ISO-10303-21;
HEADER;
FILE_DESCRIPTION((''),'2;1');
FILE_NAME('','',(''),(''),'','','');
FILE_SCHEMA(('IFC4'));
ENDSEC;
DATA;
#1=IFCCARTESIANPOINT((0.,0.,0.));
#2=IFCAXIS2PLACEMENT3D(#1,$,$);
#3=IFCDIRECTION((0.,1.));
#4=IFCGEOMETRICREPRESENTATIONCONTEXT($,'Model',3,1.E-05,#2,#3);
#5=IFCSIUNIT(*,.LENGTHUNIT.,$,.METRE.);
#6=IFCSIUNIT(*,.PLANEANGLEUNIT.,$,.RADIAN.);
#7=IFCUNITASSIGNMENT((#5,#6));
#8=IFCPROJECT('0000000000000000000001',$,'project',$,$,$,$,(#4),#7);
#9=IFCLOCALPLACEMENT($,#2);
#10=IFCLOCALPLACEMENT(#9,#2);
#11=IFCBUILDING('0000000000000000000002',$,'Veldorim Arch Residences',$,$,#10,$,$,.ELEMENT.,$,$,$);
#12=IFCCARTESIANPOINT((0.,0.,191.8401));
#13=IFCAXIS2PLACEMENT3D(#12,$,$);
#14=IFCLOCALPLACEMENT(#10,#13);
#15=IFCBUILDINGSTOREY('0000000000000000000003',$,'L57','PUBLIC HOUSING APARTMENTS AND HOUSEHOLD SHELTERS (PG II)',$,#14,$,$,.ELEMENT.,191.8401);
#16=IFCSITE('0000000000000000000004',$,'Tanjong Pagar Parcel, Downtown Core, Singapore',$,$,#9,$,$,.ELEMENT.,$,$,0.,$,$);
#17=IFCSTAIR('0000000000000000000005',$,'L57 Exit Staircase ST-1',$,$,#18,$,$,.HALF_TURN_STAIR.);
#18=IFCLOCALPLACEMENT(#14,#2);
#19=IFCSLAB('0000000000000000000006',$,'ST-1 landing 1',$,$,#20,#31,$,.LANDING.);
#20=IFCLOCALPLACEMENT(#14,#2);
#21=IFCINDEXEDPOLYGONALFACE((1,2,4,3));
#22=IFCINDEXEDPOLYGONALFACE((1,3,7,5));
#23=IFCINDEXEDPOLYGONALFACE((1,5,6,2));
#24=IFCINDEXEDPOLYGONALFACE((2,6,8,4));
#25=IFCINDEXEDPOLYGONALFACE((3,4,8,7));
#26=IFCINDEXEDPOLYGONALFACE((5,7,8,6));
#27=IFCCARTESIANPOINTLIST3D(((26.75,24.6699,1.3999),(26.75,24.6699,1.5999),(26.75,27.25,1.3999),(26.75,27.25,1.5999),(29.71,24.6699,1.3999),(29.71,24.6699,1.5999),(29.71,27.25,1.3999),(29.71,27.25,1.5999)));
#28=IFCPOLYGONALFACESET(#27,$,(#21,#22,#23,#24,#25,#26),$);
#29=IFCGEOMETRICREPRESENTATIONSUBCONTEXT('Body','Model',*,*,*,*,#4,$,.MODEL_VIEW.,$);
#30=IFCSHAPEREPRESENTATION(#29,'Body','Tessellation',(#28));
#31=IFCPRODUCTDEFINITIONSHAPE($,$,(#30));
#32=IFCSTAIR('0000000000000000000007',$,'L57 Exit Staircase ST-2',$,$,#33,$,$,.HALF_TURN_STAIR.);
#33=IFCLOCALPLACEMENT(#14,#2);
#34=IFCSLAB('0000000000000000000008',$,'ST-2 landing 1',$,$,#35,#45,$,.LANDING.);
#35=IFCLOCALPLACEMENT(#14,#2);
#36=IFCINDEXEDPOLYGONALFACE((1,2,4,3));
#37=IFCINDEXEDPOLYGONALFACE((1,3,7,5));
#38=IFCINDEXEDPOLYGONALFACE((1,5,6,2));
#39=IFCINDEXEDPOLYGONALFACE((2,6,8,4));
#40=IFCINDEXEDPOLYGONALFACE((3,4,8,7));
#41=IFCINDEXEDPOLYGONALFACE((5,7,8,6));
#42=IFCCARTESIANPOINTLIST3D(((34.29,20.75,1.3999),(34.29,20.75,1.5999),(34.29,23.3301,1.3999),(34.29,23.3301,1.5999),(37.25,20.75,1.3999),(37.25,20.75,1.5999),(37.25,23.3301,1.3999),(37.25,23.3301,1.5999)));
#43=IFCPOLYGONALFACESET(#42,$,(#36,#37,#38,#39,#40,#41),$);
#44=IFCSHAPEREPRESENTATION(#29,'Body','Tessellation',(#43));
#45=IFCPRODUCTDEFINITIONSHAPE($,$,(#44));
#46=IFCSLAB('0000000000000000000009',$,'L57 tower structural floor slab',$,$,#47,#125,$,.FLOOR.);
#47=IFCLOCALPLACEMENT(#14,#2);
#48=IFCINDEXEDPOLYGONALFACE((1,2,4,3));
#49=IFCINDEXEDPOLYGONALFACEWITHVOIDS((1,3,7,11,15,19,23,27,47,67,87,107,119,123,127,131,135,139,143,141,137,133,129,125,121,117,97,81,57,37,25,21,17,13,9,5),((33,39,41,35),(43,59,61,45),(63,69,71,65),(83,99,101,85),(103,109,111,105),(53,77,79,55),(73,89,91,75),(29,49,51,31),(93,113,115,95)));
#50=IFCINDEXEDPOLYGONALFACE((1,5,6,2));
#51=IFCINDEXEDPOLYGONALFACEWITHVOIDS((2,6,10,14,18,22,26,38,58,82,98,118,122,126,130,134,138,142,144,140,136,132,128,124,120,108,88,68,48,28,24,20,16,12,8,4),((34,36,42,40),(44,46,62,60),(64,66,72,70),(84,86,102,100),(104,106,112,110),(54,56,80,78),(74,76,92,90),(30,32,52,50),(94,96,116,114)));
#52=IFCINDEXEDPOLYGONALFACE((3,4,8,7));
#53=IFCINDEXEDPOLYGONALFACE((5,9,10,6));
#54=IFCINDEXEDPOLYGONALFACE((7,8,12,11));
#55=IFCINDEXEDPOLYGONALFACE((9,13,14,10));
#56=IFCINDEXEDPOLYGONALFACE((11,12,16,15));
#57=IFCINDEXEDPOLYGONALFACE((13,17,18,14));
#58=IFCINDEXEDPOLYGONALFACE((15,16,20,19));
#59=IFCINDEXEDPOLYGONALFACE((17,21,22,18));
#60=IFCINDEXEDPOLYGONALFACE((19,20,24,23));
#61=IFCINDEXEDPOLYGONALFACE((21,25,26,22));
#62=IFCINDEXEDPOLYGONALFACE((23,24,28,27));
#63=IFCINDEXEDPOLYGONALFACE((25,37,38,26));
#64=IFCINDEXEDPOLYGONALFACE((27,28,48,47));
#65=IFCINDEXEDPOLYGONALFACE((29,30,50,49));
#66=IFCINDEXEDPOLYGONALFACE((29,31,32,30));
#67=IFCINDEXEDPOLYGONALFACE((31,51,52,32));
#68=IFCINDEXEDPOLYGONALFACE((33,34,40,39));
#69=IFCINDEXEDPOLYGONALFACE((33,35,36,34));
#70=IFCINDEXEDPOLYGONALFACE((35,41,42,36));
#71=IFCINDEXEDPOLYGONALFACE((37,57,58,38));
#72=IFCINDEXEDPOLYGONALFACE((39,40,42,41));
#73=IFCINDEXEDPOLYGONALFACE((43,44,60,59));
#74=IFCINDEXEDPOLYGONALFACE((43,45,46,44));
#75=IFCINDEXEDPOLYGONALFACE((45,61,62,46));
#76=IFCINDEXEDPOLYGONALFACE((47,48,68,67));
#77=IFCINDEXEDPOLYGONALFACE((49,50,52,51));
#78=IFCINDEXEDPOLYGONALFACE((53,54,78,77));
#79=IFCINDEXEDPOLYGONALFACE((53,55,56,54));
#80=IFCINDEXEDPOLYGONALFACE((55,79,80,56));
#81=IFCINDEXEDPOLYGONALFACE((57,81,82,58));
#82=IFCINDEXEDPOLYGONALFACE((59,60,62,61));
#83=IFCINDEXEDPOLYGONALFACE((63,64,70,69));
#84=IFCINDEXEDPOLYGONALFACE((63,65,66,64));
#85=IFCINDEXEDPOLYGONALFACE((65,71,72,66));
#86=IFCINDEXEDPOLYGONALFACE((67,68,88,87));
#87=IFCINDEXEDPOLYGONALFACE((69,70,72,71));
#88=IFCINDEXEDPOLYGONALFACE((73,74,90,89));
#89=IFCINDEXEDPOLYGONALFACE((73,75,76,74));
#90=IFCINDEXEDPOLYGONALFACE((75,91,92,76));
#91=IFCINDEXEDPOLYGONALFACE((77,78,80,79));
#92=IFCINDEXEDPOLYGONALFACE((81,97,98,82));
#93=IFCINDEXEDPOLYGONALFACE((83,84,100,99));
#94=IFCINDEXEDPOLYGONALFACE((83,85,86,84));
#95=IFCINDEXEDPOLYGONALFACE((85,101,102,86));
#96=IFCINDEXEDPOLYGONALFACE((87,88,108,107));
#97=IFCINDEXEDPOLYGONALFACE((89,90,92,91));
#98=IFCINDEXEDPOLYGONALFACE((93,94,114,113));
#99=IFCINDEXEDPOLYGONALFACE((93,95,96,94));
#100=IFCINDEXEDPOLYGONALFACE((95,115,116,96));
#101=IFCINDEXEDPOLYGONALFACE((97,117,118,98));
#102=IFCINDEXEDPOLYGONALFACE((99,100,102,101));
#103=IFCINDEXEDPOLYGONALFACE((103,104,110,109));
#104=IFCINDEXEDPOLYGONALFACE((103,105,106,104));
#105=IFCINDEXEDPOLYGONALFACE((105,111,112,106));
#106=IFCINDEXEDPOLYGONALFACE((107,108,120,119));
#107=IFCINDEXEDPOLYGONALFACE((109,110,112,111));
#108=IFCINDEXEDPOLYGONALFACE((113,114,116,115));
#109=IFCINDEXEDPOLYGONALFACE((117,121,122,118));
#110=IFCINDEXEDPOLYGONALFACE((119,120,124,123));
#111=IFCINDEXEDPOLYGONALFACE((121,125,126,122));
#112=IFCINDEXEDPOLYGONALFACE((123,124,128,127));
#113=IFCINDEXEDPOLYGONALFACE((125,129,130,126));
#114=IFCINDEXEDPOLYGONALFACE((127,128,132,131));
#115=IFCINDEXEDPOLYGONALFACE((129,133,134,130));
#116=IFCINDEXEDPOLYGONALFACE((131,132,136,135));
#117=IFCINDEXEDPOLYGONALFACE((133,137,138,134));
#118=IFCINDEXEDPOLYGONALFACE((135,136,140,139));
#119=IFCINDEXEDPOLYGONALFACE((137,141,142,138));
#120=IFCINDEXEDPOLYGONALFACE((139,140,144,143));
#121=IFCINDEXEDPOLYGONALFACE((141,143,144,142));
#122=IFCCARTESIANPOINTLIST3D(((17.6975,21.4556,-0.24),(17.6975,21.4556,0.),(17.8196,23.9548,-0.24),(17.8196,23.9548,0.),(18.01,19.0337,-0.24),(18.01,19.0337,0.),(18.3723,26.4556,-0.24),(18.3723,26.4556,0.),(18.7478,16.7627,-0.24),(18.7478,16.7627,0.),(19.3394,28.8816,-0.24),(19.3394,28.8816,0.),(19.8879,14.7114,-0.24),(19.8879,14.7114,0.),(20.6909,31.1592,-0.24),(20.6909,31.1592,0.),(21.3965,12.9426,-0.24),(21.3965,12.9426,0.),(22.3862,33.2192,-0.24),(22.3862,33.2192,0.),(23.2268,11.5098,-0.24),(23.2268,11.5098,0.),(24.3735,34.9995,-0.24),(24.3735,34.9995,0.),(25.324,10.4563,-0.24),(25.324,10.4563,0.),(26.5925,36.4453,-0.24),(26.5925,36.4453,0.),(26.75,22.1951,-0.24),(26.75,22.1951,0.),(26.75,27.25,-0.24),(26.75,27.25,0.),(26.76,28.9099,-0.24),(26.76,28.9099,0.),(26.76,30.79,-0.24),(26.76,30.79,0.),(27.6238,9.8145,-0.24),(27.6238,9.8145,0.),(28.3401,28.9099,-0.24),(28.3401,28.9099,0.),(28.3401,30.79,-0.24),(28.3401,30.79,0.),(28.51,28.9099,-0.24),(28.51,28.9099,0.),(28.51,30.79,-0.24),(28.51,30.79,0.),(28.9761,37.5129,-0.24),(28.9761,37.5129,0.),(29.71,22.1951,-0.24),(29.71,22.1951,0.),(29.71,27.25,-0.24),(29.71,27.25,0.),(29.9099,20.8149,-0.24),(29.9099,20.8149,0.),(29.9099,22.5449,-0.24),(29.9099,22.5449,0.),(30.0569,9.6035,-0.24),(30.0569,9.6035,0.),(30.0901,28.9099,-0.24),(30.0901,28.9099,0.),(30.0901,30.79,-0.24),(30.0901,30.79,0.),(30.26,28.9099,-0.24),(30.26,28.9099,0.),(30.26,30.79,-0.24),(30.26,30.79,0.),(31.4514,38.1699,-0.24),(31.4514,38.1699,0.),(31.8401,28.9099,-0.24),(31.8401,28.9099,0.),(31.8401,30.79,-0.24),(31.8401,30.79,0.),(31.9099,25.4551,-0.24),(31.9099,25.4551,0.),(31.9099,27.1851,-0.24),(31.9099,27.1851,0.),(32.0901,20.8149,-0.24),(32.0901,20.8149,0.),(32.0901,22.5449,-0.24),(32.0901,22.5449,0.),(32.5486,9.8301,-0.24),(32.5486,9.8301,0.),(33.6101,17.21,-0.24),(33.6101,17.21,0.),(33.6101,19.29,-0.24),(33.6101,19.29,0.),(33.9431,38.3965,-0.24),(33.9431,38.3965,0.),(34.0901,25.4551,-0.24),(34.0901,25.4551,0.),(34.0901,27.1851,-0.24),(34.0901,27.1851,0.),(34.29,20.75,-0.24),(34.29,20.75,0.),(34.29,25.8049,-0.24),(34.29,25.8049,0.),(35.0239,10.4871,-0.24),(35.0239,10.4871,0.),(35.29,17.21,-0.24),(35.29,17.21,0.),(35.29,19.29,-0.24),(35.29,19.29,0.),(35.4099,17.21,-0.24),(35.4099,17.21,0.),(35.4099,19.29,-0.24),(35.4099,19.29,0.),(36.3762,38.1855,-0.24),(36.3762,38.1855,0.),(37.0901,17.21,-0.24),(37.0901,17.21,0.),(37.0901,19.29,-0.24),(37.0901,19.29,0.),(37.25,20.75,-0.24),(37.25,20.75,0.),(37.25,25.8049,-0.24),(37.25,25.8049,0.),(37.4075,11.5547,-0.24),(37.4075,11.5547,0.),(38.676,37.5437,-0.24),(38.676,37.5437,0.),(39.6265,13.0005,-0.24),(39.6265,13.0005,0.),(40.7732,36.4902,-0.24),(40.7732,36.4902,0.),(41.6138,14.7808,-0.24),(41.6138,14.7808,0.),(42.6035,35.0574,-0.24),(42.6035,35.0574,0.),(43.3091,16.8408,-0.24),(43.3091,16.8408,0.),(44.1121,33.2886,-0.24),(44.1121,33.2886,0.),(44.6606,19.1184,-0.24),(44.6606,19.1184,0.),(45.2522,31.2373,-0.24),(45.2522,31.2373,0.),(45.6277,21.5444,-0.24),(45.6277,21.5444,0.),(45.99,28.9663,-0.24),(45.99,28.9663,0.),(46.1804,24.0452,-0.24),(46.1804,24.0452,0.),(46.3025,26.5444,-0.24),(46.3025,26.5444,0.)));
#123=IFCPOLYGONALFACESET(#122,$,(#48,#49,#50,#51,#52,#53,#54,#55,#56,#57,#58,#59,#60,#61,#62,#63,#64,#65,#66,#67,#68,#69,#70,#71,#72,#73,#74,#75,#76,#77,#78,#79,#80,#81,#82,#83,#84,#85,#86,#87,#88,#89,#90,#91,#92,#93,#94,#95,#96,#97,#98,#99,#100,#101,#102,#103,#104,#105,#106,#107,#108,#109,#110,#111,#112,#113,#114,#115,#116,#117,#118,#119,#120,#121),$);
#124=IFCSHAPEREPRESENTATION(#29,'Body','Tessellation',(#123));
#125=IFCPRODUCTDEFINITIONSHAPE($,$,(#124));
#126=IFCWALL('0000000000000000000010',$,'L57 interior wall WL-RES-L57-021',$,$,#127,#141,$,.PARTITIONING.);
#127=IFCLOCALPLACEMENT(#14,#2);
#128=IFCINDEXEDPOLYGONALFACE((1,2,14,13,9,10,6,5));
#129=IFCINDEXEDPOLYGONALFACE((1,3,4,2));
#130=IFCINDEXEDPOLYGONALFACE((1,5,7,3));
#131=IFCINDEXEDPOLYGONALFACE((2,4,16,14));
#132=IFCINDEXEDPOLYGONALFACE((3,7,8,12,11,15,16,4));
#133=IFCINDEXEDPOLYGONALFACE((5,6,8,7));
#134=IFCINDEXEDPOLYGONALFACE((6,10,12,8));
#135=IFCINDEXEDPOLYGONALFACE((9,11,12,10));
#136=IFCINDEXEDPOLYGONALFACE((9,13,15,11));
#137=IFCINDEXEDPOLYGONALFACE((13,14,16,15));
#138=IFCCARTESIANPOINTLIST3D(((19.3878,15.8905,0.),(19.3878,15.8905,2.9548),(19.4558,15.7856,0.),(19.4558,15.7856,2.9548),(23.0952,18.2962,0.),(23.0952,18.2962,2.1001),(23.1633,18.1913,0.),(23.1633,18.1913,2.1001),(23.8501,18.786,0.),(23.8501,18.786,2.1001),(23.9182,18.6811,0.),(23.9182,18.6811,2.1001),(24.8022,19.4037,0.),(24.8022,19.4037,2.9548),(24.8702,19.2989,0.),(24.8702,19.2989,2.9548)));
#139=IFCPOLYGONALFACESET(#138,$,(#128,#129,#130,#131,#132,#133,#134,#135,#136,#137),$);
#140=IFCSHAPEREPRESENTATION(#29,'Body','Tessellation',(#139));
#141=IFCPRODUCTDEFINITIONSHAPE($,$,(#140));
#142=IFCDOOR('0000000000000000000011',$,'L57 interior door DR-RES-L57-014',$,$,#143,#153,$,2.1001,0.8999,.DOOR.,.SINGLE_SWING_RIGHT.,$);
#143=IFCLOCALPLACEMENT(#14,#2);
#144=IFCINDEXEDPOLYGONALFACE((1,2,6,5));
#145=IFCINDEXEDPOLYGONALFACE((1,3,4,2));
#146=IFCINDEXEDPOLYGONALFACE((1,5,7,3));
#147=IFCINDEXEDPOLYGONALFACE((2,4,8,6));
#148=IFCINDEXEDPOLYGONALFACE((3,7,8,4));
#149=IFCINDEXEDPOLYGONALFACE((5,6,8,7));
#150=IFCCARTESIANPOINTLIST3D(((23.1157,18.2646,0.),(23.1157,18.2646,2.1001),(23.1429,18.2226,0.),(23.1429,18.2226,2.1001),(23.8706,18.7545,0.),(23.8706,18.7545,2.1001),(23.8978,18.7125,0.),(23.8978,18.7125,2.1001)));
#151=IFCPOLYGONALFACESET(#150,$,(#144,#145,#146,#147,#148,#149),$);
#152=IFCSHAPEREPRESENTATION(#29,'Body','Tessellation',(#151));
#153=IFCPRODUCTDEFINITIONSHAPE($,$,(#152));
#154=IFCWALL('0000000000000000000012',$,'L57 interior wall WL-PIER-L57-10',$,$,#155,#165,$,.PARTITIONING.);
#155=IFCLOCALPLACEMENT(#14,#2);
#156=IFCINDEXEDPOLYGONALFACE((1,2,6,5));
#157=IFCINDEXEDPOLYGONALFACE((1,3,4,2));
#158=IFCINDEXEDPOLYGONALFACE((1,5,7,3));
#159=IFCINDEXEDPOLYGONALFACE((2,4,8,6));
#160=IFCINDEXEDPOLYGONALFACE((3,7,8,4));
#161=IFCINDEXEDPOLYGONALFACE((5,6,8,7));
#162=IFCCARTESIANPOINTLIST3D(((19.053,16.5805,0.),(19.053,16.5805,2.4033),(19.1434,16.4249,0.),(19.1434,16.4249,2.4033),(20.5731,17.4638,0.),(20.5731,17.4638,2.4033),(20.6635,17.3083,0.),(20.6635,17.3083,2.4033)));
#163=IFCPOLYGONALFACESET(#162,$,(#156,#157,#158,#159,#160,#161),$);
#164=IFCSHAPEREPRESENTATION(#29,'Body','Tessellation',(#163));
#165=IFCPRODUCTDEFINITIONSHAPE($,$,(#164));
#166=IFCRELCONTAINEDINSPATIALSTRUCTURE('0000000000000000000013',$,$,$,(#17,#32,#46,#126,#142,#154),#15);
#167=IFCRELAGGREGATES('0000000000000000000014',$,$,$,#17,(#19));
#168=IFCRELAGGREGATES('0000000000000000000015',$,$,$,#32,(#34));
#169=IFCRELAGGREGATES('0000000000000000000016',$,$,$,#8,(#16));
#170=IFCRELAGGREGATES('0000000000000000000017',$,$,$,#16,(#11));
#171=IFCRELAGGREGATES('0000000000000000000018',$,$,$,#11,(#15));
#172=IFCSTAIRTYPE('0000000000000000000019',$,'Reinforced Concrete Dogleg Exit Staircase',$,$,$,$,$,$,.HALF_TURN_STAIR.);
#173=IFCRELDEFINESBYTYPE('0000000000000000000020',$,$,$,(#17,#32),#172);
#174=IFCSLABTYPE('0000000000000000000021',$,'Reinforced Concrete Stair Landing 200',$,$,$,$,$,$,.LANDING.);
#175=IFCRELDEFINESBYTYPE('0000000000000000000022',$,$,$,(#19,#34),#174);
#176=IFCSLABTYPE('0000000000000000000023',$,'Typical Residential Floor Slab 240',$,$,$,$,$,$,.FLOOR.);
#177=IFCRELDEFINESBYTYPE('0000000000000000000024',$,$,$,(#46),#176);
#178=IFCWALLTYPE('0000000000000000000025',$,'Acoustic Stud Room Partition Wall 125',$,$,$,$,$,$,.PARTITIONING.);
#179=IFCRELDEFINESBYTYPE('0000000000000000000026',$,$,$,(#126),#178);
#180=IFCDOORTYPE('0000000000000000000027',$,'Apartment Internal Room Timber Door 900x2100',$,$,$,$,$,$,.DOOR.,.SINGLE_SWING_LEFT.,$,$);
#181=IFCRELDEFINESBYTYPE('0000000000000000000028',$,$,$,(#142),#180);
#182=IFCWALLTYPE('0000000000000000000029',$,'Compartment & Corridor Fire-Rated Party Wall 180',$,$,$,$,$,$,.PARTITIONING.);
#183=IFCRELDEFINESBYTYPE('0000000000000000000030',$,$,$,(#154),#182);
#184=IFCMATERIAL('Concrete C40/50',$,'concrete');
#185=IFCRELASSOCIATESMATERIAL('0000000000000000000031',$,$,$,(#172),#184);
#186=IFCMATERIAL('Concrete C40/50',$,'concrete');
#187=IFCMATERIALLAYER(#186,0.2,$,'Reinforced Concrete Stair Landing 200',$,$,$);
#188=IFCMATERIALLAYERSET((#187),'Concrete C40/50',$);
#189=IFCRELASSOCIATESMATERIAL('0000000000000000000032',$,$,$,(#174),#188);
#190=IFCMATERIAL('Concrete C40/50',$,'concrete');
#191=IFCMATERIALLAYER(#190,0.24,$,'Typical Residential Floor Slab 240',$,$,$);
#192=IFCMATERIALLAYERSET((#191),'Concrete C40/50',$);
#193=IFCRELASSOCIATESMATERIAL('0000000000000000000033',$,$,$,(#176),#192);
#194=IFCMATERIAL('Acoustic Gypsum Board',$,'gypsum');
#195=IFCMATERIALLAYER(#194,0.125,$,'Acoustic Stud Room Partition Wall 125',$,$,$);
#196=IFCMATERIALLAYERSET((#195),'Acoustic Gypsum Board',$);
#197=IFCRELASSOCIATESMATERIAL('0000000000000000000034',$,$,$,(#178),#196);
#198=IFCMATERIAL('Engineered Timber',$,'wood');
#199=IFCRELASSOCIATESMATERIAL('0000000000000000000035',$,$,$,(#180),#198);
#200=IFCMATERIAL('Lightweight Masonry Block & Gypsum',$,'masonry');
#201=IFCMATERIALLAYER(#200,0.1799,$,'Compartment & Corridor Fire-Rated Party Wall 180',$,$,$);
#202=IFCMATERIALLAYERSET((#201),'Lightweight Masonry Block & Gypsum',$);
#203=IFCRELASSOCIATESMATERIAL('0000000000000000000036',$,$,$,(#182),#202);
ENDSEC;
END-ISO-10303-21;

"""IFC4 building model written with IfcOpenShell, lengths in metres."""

from ifc_helpers import new_model, si_unit, direction, frame, frame_2d, origin, place, context, subcontext, project, spatial, polyline, rectangle, outline, extrude, material, layer, layer_set, type_object, element, fill, aggregate, save


model = new_model("IFC4")

# Units and contexts
model_context = context("Model", 3, precision=1e-05, world=origin(), true_north=direction((0.0, 1.0)))
body_context = subcontext(model_context, "Body", "Model", "MODEL_VIEW")
ifc_project = project(units=[si_unit("LENGTHUNIT", "METRE"), si_unit("PLANEANGLEUNIT", "RADIAN")], contexts=[model_context])

# Site, building, storey
site_placement = place(None, origin())
site = spatial("IfcSite", under=ifc_project, at=site_placement, Name="Tanjong Pagar Parcel, Downtown Core, Singapore", CompositionType="ELEMENT", RefElevation=0.0)
building_placement = place(site_placement, origin())
building = spatial("IfcBuilding", under=site, at=building_placement, Name="Veldorim Arch Residences", CompositionType="ELEMENT")
storey_placement = place(building_placement, frame((0.0, 0.0, 191.8401)))
storey = spatial("IfcBuildingStorey", under=building, at=storey_placement, Name="L57", Description="PUBLIC HOUSING APARTMENTS AND HOUSEHOLD SHELTERS (PG II)", CompositionType="ELEMENT", Elevation=191.8401)

# Stairs, slabs
ifc_material_1 = material(Name="Concrete C40/50", Category="concrete")
stair_type = type_object("IfcStairType", Name="Reinforced Concrete Dogleg Exit Staircase", PredefinedType="HALF_TURN_STAIR", material=ifc_material_1)
stair_1_placement = place(storey_placement, origin())
stair_1 = element("IfcStair", 1, at=stair_1_placement, inside=storey, type_object=stair_type, Name="L57 Exit Staircase ST-1", PredefinedType="HALF_TURN_STAIR")
ifc_material_2 = material(Name="Concrete C40/50", Category="concrete")
ifc_layer_1 = layer(ifc_material_2, 0.2, Name="Reinforced Concrete Stair Landing 200")
ifc_layer_set_1 = layer_set([ifc_layer_1], Name="Concrete C40/50")
slab_type_1 = type_object("IfcSlabType", Name="Reinforced Concrete Stair Landing 200", PredefinedType="LANDING", material=ifc_layer_set_1)
slab_1_placement = place(storey_placement, frame((0.0, 0.0, 1.3999)))
slab_1 = element("IfcSlab", 2, at=slab_1_placement, type_object=slab_type_1, Name="ST-1 landing 1", PredefinedType="LANDING", context=body_context, shape_type="SweptSolid", body=[
    extrude(outline(polyline([(29.71, 24.6699), (29.71, 27.25), (26.75, 27.25), (26.75, 24.6699), (29.71, 24.6699)])), origin(), (0.0, 0.0, 1.0), 0.2),
])
aggregate(stair_1, [slab_1])
stair_2_placement = place(storey_placement, origin())
stair_2 = element("IfcStair", 3, at=stair_2_placement, inside=storey, type_object=stair_type, Name="L57 Exit Staircase ST-2", PredefinedType="HALF_TURN_STAIR")
slab_2_placement = place(storey_placement, frame((0.0, 0.0, 1.3999)))
slab_2 = element("IfcSlab", 4, at=slab_2_placement, type_object=slab_type_1, Name="ST-2 landing 1", PredefinedType="LANDING", context=body_context, shape_type="SweptSolid", body=[
    extrude(outline(polyline([(34.29, 23.3301), (34.29, 20.75), (37.25, 20.75), (37.25, 23.3301), (34.29, 23.3301)])), origin(), (0.0, 0.0, 1.0), 0.2),
])
aggregate(stair_2, [slab_2])

# Slab
ifc_material_3 = material(Name="Concrete C40/50", Category="concrete")
ifc_layer_2 = layer(ifc_material_3, 0.24, Name="Typical Residential Floor Slab 240")
ifc_layer_set_2 = layer_set([ifc_layer_2], Name="Concrete C40/50")
slab_type_2 = type_object("IfcSlabType", Name="Typical Residential Floor Slab 240", PredefinedType="FLOOR", material=ifc_layer_set_2)
slab_3_placement = place(storey_placement, frame((0.0, 0.0, -0.24)))
element("IfcSlab", 5, at=slab_3_placement, inside=storey, type_object=slab_type_2, Name="L57 tower structural floor slab", PredefinedType="FLOOR", context=body_context, shape_type="SweptSolid", body=[
    extrude(outline(polyline([(42.6035, 35.0574), (40.7732, 36.4902), (38.676, 37.5437), (36.3762, 38.1855), (33.9431, 38.3965), (31.4514, 38.1699), (28.9761, 37.5129), (26.5925, 36.4453), (24.3735, 34.9995), (22.3862, 33.2192), (20.6909, 31.1592), (19.3394, 28.8816), (18.3723, 26.4556), (17.8196, 23.9548), (17.6975, 21.4556), (18.01, 19.0337), (18.7478, 16.7627), (19.8879, 14.7114), (21.3965, 12.9426), (23.2268, 11.5098), (25.324, 10.4563), (27.6238, 9.8145), (30.0569, 9.6035), (32.5486, 9.8301), (35.0239, 10.4871), (37.4075, 11.5547), (39.6265, 13.0005), (41.6138, 14.7808), (43.3091, 16.8408), (44.6606, 19.1184), (45.6277, 21.5444), (46.1804, 24.0452), (46.3025, 26.5444), (45.99, 28.9663), (45.2522, 31.2373), (44.1121, 33.2886), (42.6035, 35.0574)]), holes=[polyline([(33.6101, 17.21), (33.6101, 19.29), (35.29, 19.29), (35.29, 17.21), (33.6101, 17.21)]), polyline([(35.4099, 17.21), (35.4099, 19.29), (37.0901, 19.29), (37.0901, 17.21), (35.4099, 17.21)]), polyline([(29.9099, 20.8149), (29.9099, 22.5449), (32.0901, 22.5449), (32.0901, 20.8149), (29.9099, 20.8149)]), polyline([(34.29, 20.75), (34.29, 25.8049), (37.25, 25.8049), (37.25, 20.75), (34.29, 20.75)]), polyline([(26.75, 22.1951), (26.75, 27.25), (29.71, 27.25), (29.71, 22.1951), (26.75, 22.1951)]), polyline([(31.9099, 25.4551), (31.9099, 27.1851), (34.0901, 27.1851), (34.0901, 25.4551), (31.9099, 25.4551)]), polyline([(26.76, 28.9099), (26.76, 30.79), (28.3401, 30.79), (28.3401, 28.9099), (26.76, 28.9099)]), polyline([(28.51, 30.79), (30.0901, 30.79), (30.0901, 28.9099), (28.51, 28.9099), (28.51, 30.79)]), polyline([(30.26, 30.79), (31.8401, 30.79), (31.8401, 28.9099), (30.26, 28.9099), (30.26, 30.79)])]), origin(), (0.0, 0.0, 1.0), 0.24),
])

# Wall, opening, door
ifc_material_4 = material(Name="Acoustic Gypsum Board", Category="gypsum")
ifc_layer_3 = layer(ifc_material_4, 0.125, Name="Acoustic Stud Room Partition Wall 125")
ifc_layer_set_3 = layer_set([ifc_layer_3], Name="Acoustic Gypsum Board")
wall_type_1 = type_object("IfcWallType", Name="Acoustic Stud Room Partition Wall 125", PredefinedType="PARTITIONING", material=ifc_layer_set_3)
wall_1_placement = place(storey_placement, frame((19.4219, 15.8381, 0.0), z_axis=(0.0, 0.0, 1.0), x_axis=(0.838876, 0.544322, 0.0)))
wall_1 = element("IfcWall", 6, at=wall_1_placement, inside=storey, type_object=wall_type_1, Name="L57 interior wall WL-RES-L57-021", PredefinedType="PARTITIONING", context=body_context, shape_type="SweptSolid", body=[
    extrude(rectangle(XDim=6.4543, YDim=0.125, at=frame_2d((3.2271, 0.0))), origin(), (0.0, 0.0, 1.0), 2.9548),
])
opening_1_placement = place(wall_1_placement, frame((4.4194, 0.0, 0.0)))
opening_1 = element("IfcOpeningElement", 7, at=opening_1_placement, cuts=wall_1, PredefinedType="OPENING", context=body_context, shape_type="SweptSolid", body=[
    extrude(rectangle(XDim=0.8999, YDim=2.1001, at=frame_2d((0.45, 1.05))), frame((0.0, 0.0725, 0.0), z_axis=(0.0, -1.0, 0.0), x_axis=(1.0, 0.0, 0.0)), (0.0, 0.0, 1.0), 0.145),
])
ifc_material_5 = material(Name="Engineered Timber", Category="wood")
door_type = type_object("IfcDoorType", Name="Apartment Internal Room Timber Door 900x2100", OperationType="SINGLE_SWING_LEFT", PredefinedType="DOOR", material=ifc_material_5)
door_placement = place(opening_1_placement, origin())
door = element("IfcDoor", 8, at=door_placement, inside=storey, type_object=door_type, Name="L57 interior door DR-RES-L57-014", OperationType="SINGLE_SWING_RIGHT", OverallHeight=2.1001, OverallWidth=0.8999, PredefinedType="DOOR", context=body_context, shape_type="SweptSolid", body=[
    extrude(rectangle(XDim=0.8999, YDim=2.1001, at=frame_2d((0.45, 1.05))), frame((0.0, 0.0249, 0.0), z_axis=(0.0, -1.0, 0.0), x_axis=(1.0, 0.0, 0.0)), (0.0, 0.0, 1.0), 0.05),
])
fill(opening_1, door)

# Wall
ifc_material_6 = material(Name="Lightweight Masonry Block & Gypsum", Category="masonry")
ifc_layer_4 = layer(ifc_material_6, 0.1799, Name="Compartment & Corridor Fire-Rated Party Wall 180")
ifc_layer_set_4 = layer_set([ifc_layer_4], Name="Lightweight Masonry Block & Gypsum")
wall_type_2 = type_object("IfcWallType", Name="Compartment & Corridor Fire-Rated Party Wall 180", PredefinedType="PARTITIONING", material=ifc_layer_set_4)
wall_2_placement = place(storey_placement, frame((20.6182, 17.386, 0.0), z_axis=(0.0, 0.0, 1.0), x_axis=(-0.864614, -0.502437, 0.0)))
element("IfcWall", 9, at=wall_2_placement, inside=storey, type_object=wall_type_2, Name="L57 interior wall WL-PIER-L57-10", PredefinedType="PARTITIONING", context=body_context, shape_type="SweptSolid", body=[
    extrude(rectangle(XDim=1.7581, YDim=0.1799, at=frame_2d((0.8789, 0.0))), origin(), (0.0, 0.0, 1.0), 2.4033),
])

save(model, "model.ifc")
